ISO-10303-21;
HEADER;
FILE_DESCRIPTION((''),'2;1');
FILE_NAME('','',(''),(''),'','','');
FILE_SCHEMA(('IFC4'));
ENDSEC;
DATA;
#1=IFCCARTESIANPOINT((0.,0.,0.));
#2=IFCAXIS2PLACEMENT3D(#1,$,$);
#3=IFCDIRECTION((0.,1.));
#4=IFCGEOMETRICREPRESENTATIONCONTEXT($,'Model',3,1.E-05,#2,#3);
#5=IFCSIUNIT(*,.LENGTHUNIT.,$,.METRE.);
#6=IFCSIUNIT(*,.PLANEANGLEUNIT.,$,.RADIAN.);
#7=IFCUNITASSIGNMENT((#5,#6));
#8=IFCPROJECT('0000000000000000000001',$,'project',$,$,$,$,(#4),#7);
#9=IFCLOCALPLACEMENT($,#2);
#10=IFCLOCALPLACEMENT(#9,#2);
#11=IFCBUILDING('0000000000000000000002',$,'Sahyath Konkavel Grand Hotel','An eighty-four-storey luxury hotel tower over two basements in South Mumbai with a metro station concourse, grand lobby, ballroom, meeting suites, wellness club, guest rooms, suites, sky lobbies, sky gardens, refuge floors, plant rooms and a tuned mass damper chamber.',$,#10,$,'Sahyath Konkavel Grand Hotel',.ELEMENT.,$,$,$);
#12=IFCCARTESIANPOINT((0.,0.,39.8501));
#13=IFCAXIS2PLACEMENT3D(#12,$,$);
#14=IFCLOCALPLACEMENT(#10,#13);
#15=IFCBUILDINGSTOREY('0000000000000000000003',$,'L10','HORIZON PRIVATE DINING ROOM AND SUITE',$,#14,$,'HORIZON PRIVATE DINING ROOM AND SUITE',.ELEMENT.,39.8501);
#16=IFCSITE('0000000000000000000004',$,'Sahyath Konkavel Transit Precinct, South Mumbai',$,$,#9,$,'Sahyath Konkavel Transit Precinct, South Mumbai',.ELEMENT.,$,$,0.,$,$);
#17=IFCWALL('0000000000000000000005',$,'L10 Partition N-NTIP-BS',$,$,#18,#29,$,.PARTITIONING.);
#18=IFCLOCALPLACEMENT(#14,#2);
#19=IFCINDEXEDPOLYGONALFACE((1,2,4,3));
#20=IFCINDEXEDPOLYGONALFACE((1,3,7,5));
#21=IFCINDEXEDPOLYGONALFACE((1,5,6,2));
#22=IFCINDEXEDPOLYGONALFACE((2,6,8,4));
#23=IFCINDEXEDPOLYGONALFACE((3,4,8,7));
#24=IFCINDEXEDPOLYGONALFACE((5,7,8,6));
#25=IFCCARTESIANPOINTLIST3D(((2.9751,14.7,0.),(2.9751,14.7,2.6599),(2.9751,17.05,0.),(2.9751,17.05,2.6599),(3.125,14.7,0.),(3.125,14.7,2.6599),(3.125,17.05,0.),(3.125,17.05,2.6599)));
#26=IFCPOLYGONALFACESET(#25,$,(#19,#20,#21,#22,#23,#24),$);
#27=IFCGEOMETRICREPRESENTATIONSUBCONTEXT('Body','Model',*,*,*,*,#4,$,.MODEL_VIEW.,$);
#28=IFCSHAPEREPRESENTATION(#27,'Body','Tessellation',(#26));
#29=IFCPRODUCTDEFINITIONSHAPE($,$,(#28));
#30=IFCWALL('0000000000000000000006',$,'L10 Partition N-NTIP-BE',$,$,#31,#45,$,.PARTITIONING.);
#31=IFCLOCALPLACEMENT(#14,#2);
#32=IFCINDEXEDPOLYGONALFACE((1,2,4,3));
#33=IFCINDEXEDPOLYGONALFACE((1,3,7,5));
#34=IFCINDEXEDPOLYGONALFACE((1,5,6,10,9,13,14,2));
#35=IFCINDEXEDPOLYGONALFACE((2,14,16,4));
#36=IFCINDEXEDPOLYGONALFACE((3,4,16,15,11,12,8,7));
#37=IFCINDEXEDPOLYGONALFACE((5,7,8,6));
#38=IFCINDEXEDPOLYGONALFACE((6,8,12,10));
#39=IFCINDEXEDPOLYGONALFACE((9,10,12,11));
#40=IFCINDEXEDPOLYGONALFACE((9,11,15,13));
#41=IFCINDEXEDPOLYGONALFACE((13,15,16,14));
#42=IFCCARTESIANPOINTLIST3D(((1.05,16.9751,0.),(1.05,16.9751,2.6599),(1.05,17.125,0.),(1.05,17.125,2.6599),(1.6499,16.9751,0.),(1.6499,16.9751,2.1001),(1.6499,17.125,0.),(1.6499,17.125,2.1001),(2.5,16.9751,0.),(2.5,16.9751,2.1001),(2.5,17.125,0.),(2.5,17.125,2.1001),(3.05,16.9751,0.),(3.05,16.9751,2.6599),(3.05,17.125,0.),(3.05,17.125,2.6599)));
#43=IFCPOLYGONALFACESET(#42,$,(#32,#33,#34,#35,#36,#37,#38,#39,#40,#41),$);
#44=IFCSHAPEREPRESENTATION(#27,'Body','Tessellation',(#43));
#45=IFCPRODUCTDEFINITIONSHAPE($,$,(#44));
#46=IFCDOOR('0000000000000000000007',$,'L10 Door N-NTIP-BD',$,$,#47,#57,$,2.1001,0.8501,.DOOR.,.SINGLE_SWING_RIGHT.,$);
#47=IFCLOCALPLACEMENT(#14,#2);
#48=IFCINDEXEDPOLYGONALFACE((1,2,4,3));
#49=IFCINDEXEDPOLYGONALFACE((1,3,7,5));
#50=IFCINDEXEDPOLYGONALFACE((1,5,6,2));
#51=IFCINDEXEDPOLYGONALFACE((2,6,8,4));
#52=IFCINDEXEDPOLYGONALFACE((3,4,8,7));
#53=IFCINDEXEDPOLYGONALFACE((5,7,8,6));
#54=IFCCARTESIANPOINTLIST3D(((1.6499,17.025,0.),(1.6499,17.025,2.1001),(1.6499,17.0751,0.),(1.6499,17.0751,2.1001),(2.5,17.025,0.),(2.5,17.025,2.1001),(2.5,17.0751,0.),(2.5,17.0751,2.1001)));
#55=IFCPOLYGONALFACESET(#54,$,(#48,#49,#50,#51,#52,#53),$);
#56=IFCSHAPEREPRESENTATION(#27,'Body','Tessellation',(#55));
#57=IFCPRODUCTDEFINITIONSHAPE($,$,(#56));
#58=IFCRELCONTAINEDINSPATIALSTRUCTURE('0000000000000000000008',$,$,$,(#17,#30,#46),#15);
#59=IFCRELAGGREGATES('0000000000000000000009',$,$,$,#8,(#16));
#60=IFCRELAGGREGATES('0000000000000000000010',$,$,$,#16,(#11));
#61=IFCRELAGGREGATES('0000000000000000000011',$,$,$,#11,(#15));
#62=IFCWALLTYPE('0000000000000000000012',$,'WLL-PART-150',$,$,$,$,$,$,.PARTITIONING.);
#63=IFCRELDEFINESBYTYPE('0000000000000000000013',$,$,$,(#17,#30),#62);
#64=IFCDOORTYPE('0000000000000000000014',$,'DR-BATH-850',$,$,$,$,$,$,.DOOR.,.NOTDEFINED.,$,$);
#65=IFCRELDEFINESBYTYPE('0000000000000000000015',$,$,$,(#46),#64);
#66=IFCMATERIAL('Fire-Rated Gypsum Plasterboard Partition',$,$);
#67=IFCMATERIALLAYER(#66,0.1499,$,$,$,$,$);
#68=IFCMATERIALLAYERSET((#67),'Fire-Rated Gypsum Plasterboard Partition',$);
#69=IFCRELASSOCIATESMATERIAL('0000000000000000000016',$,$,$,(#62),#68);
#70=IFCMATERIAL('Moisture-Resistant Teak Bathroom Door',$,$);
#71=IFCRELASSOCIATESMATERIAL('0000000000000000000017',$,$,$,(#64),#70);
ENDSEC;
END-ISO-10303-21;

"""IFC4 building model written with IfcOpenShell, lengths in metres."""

from ifc_helpers import new_model, si_unit, direction, frame, frame_2d, origin, origin_2d, place, context, subcontext, project, spatial, rectangle, extrude, source, transform, mapped, material, layer, layer_set, type_object, element, fill, save


model = new_model("IFC4")

# Units and contexts
model_context = context("Model", 3, precision=1e-05, world=origin(), true_north=direction((0.0, 1.0)))
body_context = subcontext(model_context, "Body", "Model", "MODEL_VIEW")
ifc_project = project(units=[si_unit("LENGTHUNIT", "METRE"), si_unit("PLANEANGLEUNIT", "RADIAN")], contexts=[model_context])

# Site, building, storey
site_placement = place(None, origin())
site = spatial("IfcSite", under=ifc_project, at=site_placement, Name="Sahyath Konkavel Transit Precinct, South Mumbai", LongName="Sahyath Konkavel Transit Precinct, South Mumbai", CompositionType="ELEMENT", RefElevation=0.0)
building_placement = place(site_placement, origin())
building = spatial("IfcBuilding", under=site, at=building_placement, Name="Sahyath Konkavel Grand Hotel", Description="An eighty-four-storey luxury hotel tower over two basements in South Mumbai with a metro station concourse, grand lobby, ballroom, meeting suites, wellness club, guest rooms, suites, sky lobbies, sky gardens, refuge floors, plant rooms and a tuned mass damper chamber.", LongName="Sahyath Konkavel Grand Hotel", CompositionType="ELEMENT")
storey_placement = place(building_placement, frame((0.0, 0.0, 39.8501)))
storey = spatial("IfcBuildingStorey", under=building, at=storey_placement, Name="L10", Description="HORIZON PRIVATE DINING ROOM AND SUITE", LongName="HORIZON PRIVATE DINING ROOM AND SUITE", CompositionType="ELEMENT", Elevation=39.8501)

# Shared definitions
ifc_material_1 = material(Name="Fire-Rated Gypsum Plasterboard Partition")
ifc_layer_1 = layer(ifc_material_1, 0.1499)
ifc_layer_set_1 = layer_set([ifc_layer_1], Name="Fire-Rated Gypsum Plasterboard Partition")
wall_type_1 = type_object("IfcWallType", Name="WLL-PART-150", PredefinedType="PARTITIONING", material=ifc_layer_set_1)

# Shared definitions
shared_shape_1 = source(origin(), body_context, "Body", "SweptSolid", [
    extrude(rectangle(XDim=0.8501, YDim=0.05, at=origin_2d()), origin(), (0.0, 0.0, 1.0), 2.1001),
])

# Wall
for number, where, z_axis, x_axis, name in (
    (1, (3.05, 14.7, 0.0), (0.0, 0.0, 1.0), (0.0, 1.0, 0.0), "L10 Partition N-NTIP-BS"),
):
    element("IfcWall", number, at=place(storey_placement, frame(where, z_axis=z_axis, x_axis=x_axis)), inside=storey, type_object=wall_type_1, Name=name, PredefinedType="PARTITIONING", context=body_context, shape_type="SweptSolid", body=[
        extrude(rectangle(XDim=2.3501, YDim=0.1499, at=frame_2d((1.175, 0.0))), origin(), (0.0, 0.0, 1.0), 2.6599),
    ])

# Wall, opening, door
wall_1_placement = place(storey_placement, frame((3.05, 17.05, 0.0), z_axis=(0.0, 0.0, 1.0), x_axis=(-1.0, 0.0, 0.0)))
wall_1 = element("IfcWall", 2, at=wall_1_placement, inside=storey, type_object=wall_type_1, Name="L10 Partition N-NTIP-BE", PredefinedType="PARTITIONING", context=body_context, shape_type="SweptSolid", body=[
    extrude(rectangle(XDim=2.0, YDim=0.1499, at=frame_2d((1.0, 0.0))), origin(), (0.0, 0.0, 1.0), 2.6599),
])
opening_1_placement = place(wall_1_placement, frame((0.55, 0.0, 0.0)))
opening_1 = element("IfcOpeningElement", 3, at=opening_1_placement, cuts=wall_1, PredefinedType="OPENING", context=body_context, shape_type="SweptSolid", body=[
    extrude(rectangle(XDim=0.8501, YDim=2.1001, at=frame_2d((0.425, 1.05))), frame((0.0, 0.085, 0.0), z_axis=(0.0, -1.0, 0.0), x_axis=(1.0, 0.0, 0.0)), (0.0, 0.0, 1.0), 0.1699),
])
ifc_material_2 = material(Name="Moisture-Resistant Teak Bathroom Door")
door_type_1 = type_object("IfcDoorType", Name="DR-BATH-850", OperationType="NOTDEFINED", PredefinedType="DOOR", material=ifc_material_2)
door_1_placement = place(opening_1_placement, frame((0.425, 0.0, 0.0)))
door_1 = element("IfcDoor", 4, at=door_1_placement, inside=storey, type_object=door_type_1, Name="L10 Door N-NTIP-BD", OperationType="SINGLE_SWING_RIGHT", OverallHeight=2.1001, OverallWidth=0.8501, PredefinedType="DOOR", context=body_context, shape_type="MappedRepresentation", body=[
    mapped(shared_shape_1, transform((0.0, 0.0, 0.0), scale=1.0)),
])
fill(opening_1, door_1)

save(model, "model.ifc")
